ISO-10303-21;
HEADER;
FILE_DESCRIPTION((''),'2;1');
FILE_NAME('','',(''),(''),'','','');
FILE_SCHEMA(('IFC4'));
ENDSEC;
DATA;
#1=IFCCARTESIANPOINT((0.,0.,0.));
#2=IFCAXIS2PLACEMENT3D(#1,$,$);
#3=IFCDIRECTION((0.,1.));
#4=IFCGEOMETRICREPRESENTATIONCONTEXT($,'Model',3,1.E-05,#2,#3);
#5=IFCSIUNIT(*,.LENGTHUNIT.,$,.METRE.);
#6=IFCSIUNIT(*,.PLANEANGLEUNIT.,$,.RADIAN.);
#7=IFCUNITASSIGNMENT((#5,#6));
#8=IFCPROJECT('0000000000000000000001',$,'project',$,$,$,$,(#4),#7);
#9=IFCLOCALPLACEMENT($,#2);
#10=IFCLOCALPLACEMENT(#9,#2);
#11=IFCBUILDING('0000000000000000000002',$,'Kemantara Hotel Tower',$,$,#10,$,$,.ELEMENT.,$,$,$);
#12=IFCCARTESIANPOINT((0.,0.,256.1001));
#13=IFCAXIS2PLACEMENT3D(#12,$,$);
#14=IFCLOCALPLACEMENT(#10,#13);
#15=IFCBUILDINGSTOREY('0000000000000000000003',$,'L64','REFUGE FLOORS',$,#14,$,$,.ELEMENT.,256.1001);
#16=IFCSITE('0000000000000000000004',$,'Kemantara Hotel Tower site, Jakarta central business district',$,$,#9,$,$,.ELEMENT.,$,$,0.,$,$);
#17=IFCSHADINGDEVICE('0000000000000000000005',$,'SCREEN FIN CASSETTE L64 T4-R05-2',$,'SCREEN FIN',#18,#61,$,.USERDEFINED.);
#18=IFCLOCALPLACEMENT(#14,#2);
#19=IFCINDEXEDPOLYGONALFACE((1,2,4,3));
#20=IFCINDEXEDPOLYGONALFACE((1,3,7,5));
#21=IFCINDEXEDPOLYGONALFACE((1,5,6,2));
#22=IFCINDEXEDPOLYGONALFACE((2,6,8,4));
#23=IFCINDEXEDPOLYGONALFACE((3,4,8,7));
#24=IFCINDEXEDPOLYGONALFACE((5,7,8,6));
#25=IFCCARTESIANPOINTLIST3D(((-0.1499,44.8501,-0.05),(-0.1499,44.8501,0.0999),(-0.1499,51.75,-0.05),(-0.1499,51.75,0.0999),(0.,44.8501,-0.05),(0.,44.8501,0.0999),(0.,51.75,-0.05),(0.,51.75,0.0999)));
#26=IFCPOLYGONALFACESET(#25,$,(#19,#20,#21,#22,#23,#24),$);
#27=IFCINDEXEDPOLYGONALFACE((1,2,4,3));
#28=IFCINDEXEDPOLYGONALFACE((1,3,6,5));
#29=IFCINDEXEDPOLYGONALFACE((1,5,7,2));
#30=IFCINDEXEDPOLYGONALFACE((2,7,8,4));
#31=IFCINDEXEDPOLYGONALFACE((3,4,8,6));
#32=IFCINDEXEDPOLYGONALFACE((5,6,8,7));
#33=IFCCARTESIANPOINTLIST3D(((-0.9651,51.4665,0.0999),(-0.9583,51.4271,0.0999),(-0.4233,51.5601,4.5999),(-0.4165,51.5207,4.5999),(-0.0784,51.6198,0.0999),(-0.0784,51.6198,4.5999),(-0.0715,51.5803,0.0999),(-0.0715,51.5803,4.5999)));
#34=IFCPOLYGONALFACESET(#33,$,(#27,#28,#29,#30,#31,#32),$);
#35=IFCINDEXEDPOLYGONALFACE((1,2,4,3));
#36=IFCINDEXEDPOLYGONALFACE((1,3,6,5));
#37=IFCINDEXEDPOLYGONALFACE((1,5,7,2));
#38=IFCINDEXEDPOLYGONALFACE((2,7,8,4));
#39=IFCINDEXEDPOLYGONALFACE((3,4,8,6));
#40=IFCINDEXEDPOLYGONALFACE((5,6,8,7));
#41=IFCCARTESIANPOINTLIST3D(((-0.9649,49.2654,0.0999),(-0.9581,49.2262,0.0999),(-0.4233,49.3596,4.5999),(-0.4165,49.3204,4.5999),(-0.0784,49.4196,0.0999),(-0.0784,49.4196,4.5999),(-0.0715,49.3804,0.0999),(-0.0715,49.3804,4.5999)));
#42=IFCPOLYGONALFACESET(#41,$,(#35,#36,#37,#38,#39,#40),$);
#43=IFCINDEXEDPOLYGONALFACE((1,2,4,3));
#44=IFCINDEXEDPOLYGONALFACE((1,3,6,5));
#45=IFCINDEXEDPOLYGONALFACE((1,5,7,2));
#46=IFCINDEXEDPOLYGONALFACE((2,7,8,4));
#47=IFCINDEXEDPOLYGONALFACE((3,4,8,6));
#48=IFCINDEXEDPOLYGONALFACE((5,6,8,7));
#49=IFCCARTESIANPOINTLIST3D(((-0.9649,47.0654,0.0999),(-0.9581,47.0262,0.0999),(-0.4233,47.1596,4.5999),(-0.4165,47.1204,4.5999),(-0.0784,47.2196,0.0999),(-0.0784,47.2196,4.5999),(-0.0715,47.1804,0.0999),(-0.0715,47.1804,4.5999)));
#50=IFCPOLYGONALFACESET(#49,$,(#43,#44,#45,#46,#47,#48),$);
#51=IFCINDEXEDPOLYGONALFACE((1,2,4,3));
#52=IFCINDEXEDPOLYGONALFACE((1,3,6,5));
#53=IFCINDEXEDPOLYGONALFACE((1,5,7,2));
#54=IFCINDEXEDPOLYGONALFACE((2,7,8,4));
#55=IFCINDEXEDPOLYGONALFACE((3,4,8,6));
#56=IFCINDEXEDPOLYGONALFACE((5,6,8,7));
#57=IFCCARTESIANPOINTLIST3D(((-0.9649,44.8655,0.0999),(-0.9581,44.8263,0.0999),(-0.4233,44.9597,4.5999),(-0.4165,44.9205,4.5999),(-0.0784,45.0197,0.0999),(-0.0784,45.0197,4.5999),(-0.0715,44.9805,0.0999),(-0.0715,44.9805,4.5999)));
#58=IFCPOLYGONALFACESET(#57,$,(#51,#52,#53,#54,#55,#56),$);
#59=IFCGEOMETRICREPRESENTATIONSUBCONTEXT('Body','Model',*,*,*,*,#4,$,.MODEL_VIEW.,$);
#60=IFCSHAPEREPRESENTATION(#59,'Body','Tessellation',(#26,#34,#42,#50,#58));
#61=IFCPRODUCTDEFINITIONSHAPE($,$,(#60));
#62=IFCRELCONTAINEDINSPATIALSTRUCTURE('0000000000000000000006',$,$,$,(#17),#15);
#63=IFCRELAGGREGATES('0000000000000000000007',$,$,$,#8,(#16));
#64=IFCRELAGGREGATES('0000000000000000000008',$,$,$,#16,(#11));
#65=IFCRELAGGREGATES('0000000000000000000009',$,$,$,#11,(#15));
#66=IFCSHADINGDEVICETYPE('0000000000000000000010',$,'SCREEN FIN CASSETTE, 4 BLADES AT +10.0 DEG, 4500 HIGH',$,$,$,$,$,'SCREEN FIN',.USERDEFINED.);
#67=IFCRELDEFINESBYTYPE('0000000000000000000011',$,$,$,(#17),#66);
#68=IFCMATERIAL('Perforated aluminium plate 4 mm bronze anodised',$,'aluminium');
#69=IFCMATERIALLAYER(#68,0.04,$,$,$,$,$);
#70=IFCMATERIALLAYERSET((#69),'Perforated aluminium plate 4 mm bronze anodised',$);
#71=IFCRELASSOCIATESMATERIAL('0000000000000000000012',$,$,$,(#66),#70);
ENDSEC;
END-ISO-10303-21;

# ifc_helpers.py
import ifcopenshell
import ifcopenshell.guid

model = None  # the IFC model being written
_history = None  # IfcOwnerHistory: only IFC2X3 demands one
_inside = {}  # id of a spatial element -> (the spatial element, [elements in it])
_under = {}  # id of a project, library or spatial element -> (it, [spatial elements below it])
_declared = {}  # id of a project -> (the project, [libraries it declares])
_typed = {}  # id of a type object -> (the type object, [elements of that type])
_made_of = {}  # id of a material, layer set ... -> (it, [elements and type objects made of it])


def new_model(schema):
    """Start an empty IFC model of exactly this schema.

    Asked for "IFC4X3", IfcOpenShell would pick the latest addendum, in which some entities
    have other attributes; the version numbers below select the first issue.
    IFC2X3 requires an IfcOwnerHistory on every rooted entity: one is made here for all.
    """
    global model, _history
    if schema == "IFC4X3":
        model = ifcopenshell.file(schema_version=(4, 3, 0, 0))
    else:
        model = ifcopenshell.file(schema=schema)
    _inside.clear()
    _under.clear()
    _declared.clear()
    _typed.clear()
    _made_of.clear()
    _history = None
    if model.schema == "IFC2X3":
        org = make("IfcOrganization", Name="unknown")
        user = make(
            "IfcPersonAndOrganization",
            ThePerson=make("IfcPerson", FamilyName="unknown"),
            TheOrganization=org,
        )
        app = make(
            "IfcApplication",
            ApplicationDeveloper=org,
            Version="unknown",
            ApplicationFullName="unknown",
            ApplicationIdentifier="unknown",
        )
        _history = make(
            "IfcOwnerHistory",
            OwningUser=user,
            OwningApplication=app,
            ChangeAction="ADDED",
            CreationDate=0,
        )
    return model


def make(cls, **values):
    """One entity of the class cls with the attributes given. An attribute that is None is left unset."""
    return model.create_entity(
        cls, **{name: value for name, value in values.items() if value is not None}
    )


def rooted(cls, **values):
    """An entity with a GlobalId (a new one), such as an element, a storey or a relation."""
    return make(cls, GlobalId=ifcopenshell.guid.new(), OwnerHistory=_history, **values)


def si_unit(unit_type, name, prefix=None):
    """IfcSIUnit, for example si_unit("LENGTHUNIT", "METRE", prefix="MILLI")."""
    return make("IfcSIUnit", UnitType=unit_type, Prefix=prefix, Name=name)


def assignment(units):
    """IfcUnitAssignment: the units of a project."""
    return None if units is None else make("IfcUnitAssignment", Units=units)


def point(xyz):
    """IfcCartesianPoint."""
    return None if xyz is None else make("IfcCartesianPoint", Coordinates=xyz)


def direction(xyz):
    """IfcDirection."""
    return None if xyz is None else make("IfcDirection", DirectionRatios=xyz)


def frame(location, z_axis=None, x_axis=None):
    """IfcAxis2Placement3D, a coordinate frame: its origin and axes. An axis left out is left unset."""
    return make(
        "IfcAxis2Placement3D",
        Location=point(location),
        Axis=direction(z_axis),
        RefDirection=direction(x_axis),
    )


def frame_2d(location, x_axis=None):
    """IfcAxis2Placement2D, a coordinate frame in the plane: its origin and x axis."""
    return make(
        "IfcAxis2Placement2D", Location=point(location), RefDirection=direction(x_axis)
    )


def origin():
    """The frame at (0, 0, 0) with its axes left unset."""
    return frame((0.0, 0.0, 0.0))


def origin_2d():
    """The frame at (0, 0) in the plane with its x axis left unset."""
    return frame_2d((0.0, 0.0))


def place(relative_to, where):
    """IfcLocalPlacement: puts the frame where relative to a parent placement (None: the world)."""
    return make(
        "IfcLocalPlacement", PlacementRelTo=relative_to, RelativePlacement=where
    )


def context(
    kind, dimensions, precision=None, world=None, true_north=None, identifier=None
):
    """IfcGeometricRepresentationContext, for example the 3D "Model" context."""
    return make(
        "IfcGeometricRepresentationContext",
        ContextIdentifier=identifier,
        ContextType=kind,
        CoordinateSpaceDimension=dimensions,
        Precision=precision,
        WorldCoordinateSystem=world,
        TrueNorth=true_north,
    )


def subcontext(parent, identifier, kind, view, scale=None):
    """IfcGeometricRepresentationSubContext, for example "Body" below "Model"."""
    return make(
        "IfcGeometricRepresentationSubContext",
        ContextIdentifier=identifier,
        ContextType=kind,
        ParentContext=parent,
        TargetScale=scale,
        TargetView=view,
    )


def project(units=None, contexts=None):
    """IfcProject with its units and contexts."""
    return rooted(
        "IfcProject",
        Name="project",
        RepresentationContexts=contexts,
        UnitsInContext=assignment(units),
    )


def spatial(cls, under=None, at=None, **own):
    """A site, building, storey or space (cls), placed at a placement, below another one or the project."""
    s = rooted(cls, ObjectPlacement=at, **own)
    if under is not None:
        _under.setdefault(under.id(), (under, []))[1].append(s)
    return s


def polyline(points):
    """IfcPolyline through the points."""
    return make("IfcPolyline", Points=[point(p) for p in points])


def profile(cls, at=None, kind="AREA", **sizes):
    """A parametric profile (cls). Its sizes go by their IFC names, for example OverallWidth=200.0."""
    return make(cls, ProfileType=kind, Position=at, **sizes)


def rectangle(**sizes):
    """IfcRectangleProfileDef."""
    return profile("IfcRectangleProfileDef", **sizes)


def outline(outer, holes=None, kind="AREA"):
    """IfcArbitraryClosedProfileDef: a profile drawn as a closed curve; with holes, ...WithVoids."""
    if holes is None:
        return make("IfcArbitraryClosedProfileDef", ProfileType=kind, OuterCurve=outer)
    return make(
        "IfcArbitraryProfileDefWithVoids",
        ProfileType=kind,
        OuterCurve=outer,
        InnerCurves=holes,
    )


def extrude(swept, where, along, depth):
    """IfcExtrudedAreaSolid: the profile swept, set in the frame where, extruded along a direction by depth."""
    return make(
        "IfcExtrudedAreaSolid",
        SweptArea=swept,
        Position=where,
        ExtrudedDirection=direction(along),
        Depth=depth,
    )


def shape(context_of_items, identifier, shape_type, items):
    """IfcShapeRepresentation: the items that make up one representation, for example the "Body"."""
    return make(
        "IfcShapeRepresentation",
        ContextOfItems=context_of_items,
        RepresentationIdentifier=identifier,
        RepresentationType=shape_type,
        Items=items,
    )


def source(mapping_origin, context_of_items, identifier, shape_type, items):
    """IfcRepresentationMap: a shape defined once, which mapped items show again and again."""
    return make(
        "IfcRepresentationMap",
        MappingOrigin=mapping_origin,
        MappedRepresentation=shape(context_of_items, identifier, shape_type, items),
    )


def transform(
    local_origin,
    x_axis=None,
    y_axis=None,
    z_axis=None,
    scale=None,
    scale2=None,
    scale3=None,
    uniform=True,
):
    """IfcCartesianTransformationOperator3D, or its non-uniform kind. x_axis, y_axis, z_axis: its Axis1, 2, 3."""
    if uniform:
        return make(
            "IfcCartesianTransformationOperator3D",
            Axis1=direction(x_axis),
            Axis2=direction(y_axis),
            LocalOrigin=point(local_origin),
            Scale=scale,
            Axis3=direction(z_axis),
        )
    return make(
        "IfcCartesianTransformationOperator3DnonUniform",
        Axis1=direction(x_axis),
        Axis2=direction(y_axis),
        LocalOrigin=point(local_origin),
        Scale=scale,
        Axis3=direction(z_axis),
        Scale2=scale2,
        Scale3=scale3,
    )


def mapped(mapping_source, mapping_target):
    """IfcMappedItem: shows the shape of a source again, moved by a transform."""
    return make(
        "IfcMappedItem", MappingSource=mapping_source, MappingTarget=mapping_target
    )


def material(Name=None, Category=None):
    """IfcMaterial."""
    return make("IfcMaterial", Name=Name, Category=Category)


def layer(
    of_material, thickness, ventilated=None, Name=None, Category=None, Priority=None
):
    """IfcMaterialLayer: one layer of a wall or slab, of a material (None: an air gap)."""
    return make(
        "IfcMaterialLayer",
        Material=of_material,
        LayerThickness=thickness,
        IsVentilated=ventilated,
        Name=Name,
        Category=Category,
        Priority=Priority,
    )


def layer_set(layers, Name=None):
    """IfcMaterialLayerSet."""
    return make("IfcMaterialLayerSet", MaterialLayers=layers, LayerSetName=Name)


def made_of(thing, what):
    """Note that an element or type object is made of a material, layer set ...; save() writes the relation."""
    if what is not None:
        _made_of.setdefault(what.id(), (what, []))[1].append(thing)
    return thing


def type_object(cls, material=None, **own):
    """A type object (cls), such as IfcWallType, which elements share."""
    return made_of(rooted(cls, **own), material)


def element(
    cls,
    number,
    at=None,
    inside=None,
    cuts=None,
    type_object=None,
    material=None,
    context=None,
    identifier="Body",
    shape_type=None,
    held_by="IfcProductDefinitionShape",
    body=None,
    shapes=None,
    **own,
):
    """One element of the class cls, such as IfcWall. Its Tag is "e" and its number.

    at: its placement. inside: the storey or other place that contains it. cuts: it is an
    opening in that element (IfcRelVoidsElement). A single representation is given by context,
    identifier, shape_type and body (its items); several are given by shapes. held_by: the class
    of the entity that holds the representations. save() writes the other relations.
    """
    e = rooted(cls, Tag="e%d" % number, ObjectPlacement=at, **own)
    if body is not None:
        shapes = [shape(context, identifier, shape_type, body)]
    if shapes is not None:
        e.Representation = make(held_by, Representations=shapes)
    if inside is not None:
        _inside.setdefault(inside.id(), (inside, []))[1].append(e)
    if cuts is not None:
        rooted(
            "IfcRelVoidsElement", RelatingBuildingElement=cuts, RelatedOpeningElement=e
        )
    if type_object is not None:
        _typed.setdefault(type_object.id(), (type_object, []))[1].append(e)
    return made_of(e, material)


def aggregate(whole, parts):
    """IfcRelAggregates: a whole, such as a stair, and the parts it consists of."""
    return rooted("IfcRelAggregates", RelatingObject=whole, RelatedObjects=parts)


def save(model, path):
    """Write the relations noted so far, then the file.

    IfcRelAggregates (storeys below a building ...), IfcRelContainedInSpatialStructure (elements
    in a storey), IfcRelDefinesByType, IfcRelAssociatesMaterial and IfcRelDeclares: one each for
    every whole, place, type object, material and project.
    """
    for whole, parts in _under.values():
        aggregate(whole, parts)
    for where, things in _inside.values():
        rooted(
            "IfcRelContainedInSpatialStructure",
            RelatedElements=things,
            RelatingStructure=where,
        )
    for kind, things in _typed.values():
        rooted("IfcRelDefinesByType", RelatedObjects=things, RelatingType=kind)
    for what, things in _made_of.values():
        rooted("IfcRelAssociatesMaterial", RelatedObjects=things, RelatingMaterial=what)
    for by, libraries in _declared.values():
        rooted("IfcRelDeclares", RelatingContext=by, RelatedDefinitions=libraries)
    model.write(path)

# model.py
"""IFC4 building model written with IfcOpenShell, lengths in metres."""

from ifc_helpers import new_model, si_unit, direction, frame, origin, origin_2d, place, context, subcontext, project, spatial, polyline, rectangle, outline, extrude, source, transform, mapped, material, layer, layer_set, type_object, element, save


model = new_model("IFC4")

# Units and contexts
model_context = context("Model", 3, precision=1e-05, world=origin(), true_north=direction((0.0, 1.0)))
body_context = subcontext(model_context, "Body", "Model", "MODEL_VIEW")
ifc_project = project(units=[si_unit("LENGTHUNIT", "METRE"), si_unit("PLANEANGLEUNIT", "RADIAN")], contexts=[model_context])

# Site, building, storey
site_placement = place(None, origin())
site = spatial("IfcSite", under=ifc_project, at=site_placement, Name="Kemantara Hotel Tower site, Jakarta central business district", CompositionType="ELEMENT", RefElevation=0.0)
building_placement = place(site_placement, origin())
building = spatial("IfcBuilding", under=site, at=building_placement, Name="Kemantara Hotel Tower", CompositionType="ELEMENT")
storey_placement = place(building_placement, frame((0.0, 0.0, 256.1001)))
storey = spatial("IfcBuildingStorey", under=building, at=storey_placement, Name="L64", Description="REFUGE FLOORS", CompositionType="ELEMENT", Elevation=256.1001)

# Shading device
ifc_material_1 = material(Name="Perforated aluminium plate 4 mm bronze anodised", Category="aluminium")
ifc_layer_1 = layer(ifc_material_1, 0.04)
ifc_layer_set_1 = layer_set([ifc_layer_1], Name="Perforated aluminium plate 4 mm bronze anodised")
shading_device_type = type_object("IfcShadingDeviceType", Name="SCREEN FIN CASSETTE, 4 BLADES AT +10.0 DEG, 4500 HIGH", ElementType="SCREEN FIN", PredefinedType="USERDEFINED", material=ifc_layer_set_1)
shared_shape = source(origin(), body_context, "Body", "SweptSolid", [
    extrude(rectangle(XDim=6.8999, YDim=0.1499, at=origin_2d()), frame((3.3, -0.075, -0.1499), z_axis=(0.0, 0.0, 1.0), x_axis=(1.0, 0.0, 0.0)), (0.0, 0.0, 1.0), 0.1499),
    extrude(outline(polyline([(0.0, 0.0), (0.8999, 0.0), (0.3501, 4.5), (0.0, 4.5), (0.0, 0.0)])), frame((0.0198, -0.0715, 0.0), z_axis=(-0.98539, -0.170314, 0.0), x_axis=(0.170314, -0.98539, 0.0)), (0.0, 0.0, 1.0), 0.04),
    extrude(outline(polyline([(0.0, 0.0), (0.8999, 0.0), (0.3501, 4.5), (0.0, 4.5), (0.0, 0.0)])), frame((2.2197, -0.0715, 0.0), z_axis=(-0.985212, -0.171341, 0.0), x_axis=(0.171341, -0.985212, 0.0)), (0.0, 0.0, 1.0), 0.0398),
    extrude(outline(polyline([(0.0, 0.0), (0.8999, 0.0), (0.3501, 4.5), (0.0, 4.5), (0.0, 0.0)])), frame((4.4197, -0.0715, 0.0), z_axis=(-0.985212, -0.171341, 0.0), x_axis=(0.171341, -0.985212, 0.0)), (0.0, 0.0, 1.0), 0.0398),
    extrude(outline(polyline([(0.0, 0.0), (0.8999, 0.0), (0.3501, 4.5), (0.0, 4.5), (0.0, 0.0)])), frame((6.6196, -0.0715, 0.0), z_axis=(-0.985212, -0.171341, 0.0), x_axis=(0.171341, -0.985212, 0.0)), (0.0, 0.0, 1.0), 0.0398),
])
shading_device_placement = place(storey_placement, frame((0.0, 51.6001, 0.0999), z_axis=(0.0, 0.0, 1.0), x_axis=(0.0, -1.0, 0.0)))
element("IfcShadingDevice", 1, at=shading_device_placement, inside=storey, type_object=shading_device_type, Name="SCREEN FIN CASSETTE L64 T4-R05-2", ObjectType="SCREEN FIN", PredefinedType="USERDEFINED", context=body_context, shape_type="MappedRepresentation", body=[
    mapped(shared_shape, transform((0.0, 0.0, 0.0))),
])

save(model, "model.ifc")
